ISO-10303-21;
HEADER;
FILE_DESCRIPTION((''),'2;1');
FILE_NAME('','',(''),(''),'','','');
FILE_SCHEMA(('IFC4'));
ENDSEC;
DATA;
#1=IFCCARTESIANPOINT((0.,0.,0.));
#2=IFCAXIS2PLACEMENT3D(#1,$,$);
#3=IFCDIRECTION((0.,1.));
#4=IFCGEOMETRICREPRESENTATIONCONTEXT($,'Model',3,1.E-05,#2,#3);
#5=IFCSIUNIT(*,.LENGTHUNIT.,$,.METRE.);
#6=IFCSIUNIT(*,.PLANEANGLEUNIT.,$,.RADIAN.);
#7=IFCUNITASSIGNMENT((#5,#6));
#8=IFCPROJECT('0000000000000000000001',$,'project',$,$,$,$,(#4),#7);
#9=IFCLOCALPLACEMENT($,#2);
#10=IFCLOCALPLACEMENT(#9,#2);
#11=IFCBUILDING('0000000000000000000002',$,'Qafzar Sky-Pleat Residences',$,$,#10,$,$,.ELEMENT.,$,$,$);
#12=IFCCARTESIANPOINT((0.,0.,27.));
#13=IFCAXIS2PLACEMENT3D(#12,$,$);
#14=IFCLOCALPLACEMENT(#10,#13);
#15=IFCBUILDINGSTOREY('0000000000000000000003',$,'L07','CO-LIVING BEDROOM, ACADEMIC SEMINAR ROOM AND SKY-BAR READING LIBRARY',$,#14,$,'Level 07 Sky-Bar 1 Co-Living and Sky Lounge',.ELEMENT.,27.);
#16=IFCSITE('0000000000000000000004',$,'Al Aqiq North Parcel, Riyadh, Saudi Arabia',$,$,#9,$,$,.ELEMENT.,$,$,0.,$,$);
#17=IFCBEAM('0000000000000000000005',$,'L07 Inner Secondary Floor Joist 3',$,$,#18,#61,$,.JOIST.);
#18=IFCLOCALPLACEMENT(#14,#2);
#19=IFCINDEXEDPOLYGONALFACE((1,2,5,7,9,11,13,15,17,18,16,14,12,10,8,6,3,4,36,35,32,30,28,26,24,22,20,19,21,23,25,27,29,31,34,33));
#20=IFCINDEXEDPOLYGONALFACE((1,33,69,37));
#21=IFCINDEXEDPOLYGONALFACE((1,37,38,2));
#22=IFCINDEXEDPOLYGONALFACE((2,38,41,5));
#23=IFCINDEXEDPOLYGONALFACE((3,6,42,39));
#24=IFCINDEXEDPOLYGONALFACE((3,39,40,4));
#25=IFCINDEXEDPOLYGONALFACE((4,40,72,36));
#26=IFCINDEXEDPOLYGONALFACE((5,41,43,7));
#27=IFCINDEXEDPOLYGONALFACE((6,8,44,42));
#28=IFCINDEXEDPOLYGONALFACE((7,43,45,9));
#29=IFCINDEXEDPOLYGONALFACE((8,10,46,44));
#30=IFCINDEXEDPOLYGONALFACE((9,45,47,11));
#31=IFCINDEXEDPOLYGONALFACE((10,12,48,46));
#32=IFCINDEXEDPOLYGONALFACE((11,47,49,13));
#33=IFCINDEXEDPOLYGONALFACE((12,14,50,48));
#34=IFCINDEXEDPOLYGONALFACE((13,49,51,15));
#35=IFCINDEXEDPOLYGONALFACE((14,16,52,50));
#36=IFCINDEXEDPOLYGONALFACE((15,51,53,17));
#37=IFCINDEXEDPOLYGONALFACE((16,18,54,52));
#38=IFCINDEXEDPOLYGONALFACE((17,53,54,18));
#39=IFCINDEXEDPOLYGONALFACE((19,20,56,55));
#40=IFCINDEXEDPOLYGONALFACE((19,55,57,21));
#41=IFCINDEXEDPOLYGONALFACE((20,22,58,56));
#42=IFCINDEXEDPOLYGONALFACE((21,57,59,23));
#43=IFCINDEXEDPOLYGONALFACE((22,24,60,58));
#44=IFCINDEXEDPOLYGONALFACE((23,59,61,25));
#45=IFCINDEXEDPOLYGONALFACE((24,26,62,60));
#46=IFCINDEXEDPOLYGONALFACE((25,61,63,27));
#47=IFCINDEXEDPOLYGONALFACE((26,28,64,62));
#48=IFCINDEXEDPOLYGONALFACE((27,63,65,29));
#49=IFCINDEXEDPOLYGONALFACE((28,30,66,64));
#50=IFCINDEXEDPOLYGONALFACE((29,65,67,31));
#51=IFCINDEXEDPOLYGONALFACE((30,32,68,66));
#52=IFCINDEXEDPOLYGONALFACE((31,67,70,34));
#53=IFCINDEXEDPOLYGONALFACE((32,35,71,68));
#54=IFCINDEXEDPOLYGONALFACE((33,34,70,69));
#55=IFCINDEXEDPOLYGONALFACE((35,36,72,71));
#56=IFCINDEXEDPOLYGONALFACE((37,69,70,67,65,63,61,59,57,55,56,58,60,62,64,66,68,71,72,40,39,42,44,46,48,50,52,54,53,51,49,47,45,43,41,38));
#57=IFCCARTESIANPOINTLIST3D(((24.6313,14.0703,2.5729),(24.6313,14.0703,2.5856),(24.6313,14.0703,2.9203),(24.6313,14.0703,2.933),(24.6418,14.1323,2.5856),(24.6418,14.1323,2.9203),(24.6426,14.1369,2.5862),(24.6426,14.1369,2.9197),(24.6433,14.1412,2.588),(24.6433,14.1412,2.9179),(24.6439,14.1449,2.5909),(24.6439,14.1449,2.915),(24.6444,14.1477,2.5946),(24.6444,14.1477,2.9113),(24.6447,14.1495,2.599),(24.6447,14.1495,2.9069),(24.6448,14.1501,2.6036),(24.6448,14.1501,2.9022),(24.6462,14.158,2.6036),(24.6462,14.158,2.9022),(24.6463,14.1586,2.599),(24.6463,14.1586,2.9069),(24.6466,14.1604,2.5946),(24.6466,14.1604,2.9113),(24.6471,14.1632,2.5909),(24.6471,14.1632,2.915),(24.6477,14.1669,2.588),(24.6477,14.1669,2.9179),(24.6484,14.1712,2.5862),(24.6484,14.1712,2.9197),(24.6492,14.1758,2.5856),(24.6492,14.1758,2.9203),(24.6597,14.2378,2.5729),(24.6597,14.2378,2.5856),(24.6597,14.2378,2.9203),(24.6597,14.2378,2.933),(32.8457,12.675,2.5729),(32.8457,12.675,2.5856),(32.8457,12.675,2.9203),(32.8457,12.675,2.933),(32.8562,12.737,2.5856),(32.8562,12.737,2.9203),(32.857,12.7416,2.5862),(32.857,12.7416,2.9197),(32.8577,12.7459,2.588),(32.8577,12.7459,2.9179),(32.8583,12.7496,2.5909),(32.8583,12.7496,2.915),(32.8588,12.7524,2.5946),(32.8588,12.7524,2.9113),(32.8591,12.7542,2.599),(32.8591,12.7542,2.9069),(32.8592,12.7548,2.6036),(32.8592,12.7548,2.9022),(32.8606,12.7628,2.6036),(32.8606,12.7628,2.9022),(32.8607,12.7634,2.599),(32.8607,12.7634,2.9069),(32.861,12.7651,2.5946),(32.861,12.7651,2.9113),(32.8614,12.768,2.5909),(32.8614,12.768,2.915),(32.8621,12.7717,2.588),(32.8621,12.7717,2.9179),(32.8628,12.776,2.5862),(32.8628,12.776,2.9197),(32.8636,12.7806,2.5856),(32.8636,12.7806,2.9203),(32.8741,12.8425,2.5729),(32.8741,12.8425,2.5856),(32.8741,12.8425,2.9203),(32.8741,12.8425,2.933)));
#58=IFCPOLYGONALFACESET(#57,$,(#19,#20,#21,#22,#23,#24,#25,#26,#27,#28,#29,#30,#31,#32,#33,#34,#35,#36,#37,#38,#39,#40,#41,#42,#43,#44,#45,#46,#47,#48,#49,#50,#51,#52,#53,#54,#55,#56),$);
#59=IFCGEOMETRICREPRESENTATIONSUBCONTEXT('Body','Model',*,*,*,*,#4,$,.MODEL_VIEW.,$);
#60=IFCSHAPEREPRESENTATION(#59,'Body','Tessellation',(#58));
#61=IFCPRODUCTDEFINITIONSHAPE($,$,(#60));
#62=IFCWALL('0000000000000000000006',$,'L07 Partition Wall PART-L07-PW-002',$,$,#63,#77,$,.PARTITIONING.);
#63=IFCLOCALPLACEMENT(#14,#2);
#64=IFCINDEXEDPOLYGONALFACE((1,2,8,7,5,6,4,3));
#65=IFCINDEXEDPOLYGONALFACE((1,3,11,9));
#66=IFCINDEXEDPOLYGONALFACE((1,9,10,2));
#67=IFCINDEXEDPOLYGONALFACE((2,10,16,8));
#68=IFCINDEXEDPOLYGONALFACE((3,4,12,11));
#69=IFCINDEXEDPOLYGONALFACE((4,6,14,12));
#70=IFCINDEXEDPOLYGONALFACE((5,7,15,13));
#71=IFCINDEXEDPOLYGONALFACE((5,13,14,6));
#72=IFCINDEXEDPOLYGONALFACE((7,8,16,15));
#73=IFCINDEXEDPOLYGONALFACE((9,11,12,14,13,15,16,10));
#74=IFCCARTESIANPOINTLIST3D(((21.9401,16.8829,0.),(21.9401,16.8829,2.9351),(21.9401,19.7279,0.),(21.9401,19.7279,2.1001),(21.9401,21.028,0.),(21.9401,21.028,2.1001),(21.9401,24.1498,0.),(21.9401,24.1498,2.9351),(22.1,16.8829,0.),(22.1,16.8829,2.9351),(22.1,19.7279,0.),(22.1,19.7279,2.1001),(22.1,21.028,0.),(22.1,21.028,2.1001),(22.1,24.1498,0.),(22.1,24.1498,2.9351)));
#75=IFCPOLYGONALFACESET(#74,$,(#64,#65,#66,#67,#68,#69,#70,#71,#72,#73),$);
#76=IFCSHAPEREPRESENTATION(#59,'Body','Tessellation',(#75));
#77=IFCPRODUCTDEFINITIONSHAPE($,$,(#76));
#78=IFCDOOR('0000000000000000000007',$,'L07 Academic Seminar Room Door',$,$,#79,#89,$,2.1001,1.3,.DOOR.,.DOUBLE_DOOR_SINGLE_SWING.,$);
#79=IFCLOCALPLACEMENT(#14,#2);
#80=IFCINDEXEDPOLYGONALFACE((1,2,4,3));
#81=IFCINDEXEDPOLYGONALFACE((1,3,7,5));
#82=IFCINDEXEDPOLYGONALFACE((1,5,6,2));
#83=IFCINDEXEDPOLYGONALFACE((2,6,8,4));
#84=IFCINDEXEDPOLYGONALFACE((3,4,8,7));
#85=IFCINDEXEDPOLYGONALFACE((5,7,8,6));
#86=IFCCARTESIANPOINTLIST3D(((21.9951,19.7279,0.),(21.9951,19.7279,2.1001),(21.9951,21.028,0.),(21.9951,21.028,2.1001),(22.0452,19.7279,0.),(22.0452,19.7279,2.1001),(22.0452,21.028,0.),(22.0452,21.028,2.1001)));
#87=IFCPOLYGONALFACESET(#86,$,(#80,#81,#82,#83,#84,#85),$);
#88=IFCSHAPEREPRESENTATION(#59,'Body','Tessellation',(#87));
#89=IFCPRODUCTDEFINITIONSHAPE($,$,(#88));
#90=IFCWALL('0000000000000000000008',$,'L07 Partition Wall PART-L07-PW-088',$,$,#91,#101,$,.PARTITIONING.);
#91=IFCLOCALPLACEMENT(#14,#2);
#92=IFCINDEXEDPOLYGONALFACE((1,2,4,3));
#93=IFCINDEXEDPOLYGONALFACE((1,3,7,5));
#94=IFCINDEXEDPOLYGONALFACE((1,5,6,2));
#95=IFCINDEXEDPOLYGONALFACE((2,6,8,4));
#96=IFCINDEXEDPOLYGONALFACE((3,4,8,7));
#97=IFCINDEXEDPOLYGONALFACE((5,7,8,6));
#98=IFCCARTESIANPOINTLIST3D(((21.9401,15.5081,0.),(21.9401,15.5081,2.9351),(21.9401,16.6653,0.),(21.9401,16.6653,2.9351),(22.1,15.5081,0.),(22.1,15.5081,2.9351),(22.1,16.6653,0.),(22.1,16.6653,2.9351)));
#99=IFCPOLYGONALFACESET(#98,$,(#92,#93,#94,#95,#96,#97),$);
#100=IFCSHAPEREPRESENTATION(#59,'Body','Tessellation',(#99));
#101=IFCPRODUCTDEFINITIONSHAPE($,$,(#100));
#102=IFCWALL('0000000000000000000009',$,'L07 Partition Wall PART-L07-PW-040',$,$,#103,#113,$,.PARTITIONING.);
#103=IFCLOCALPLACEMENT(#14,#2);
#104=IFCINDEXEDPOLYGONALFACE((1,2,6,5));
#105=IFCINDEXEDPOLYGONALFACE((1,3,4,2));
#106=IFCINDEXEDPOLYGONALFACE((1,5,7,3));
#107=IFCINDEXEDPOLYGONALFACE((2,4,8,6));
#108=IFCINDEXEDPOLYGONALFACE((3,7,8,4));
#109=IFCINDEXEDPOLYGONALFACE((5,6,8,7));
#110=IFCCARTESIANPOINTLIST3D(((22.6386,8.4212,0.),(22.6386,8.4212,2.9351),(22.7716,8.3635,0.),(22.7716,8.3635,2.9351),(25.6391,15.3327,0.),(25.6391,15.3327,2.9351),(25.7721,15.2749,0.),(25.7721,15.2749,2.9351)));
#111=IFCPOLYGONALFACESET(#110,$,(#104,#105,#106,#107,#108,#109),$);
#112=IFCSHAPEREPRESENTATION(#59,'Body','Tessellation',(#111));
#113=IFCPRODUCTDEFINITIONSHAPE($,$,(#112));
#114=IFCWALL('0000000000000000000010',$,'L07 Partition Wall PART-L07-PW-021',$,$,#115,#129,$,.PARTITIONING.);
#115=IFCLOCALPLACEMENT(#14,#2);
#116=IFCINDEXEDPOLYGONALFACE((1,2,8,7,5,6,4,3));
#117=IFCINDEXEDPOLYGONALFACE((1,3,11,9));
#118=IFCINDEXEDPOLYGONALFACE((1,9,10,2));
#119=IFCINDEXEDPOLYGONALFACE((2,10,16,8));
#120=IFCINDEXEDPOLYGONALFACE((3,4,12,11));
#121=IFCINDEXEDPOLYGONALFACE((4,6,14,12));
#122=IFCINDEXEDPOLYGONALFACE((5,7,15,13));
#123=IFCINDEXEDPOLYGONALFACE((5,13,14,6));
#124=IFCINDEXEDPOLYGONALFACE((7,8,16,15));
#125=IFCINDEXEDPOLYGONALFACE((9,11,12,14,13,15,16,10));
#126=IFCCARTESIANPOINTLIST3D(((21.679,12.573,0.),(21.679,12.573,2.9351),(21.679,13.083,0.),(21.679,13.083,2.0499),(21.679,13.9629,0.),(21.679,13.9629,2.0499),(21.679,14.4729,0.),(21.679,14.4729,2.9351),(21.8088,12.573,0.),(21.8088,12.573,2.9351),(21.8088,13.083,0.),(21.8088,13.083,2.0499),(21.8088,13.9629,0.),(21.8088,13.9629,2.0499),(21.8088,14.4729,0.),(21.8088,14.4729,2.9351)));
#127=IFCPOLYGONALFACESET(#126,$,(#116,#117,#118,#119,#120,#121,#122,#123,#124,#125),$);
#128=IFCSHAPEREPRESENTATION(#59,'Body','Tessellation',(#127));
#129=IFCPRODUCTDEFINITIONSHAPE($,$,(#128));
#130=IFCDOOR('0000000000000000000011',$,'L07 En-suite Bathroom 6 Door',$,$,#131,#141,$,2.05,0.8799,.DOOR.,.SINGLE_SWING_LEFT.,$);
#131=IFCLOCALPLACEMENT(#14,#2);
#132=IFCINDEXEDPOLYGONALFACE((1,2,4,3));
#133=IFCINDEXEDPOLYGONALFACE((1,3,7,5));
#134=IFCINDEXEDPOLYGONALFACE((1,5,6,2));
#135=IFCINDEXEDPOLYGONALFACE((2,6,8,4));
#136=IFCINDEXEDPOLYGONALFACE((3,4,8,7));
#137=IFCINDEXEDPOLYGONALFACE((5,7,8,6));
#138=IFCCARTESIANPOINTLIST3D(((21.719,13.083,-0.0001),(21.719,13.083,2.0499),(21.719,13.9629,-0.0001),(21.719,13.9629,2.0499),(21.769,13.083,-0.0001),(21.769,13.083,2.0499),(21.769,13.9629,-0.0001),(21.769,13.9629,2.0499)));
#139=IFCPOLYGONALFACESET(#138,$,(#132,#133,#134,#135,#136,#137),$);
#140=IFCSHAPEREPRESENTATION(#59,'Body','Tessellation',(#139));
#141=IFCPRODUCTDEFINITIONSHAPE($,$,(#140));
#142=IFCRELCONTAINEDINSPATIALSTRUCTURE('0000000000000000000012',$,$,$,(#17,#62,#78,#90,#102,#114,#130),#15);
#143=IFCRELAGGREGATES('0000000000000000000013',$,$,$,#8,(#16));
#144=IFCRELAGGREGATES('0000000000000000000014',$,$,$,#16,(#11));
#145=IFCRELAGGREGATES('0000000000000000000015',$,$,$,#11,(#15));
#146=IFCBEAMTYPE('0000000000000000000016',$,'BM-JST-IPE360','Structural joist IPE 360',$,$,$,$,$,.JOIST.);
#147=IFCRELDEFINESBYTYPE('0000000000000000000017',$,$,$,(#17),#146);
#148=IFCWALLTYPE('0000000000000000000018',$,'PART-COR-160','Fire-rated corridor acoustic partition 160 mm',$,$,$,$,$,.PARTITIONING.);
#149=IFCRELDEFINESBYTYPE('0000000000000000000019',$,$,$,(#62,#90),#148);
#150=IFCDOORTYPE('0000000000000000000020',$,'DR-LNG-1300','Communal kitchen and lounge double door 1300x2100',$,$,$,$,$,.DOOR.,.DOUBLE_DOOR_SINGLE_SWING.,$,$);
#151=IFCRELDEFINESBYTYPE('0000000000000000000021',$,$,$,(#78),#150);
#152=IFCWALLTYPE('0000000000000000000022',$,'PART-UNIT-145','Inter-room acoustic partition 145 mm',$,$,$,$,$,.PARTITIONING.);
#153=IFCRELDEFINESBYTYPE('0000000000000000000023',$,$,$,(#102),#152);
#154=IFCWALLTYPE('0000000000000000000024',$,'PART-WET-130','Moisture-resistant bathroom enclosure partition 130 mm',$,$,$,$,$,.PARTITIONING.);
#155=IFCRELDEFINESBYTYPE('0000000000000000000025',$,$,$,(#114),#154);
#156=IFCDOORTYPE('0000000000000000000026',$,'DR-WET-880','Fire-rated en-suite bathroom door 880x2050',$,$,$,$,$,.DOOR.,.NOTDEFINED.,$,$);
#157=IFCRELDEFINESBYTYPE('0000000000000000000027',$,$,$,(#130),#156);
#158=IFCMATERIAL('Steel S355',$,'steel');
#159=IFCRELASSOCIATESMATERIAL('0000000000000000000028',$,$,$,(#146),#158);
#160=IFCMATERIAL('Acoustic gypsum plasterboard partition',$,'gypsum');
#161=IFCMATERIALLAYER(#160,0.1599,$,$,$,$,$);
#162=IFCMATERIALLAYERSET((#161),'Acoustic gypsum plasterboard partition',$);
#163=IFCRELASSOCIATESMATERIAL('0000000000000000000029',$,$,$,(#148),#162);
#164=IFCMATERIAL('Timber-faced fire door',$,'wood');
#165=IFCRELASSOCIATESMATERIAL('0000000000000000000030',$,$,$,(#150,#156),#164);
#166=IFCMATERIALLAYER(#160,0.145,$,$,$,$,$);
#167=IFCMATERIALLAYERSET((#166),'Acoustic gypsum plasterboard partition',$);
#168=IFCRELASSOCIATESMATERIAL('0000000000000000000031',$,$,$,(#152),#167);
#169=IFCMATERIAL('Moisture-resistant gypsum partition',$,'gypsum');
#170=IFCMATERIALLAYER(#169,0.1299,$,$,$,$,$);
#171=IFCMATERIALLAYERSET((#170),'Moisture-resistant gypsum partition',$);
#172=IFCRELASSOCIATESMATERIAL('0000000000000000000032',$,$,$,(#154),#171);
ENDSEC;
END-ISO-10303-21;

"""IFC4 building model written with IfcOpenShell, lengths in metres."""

from ifc_helpers import new_model, si_unit, direction, frame, frame_2d, origin, origin_2d, place, context, subcontext, project, spatial, rectangle, i_section, extrude, source, transform, mapped, material, layer, layer_set, material_profile, profile_set, type_object, element, fill, save


model = new_model("IFC4")

# Units and contexts
model_context = context("Model", 3, precision=1e-05, world=origin(), true_north=direction((0.0, 1.0)))
body_context = subcontext(model_context, "Body", "Model", "MODEL_VIEW")
ifc_project = project(units=[si_unit("LENGTHUNIT", "METRE"), si_unit("PLANEANGLEUNIT", "RADIAN")], contexts=[model_context])

# Site, building, storey
site_placement = place(None, origin())
site = spatial("IfcSite", under=ifc_project, at=site_placement, Name="Al Aqiq North Parcel, Riyadh, Saudi Arabia", CompositionType="ELEMENT", RefElevation=0.0)
building_placement = place(site_placement, origin())
building = spatial("IfcBuilding", under=site, at=building_placement, Name="Qafzar Sky-Pleat Residences", CompositionType="ELEMENT")
storey_placement = place(building_placement, frame((0.0, 0.0, 27.0)))
storey = spatial("IfcBuildingStorey", under=building, at=storey_placement, Name="L07", Description="CO-LIVING BEDROOM, ACADEMIC SEMINAR ROOM AND SKY-BAR READING LIBRARY", LongName="Level 07 Sky-Bar 1 Co-Living and Sky Lounge", CompositionType="ELEMENT", Elevation=27.0)

# Beam
ifc_material_1 = material(Name="Steel S355", Category="steel")
ifc_material_profile_1 = material_profile(ifc_material_1, i_section(OverallWidth=0.1699, OverallDepth=0.3601, WebThickness=0.0081, FlangeThickness=0.0127, FilletRadius=0.0181, at=origin_2d()), Name="IPE 360")
ifc_profile_set_1 = profile_set([ifc_material_profile_1], Name="Steel S355")
beam_type_1 = type_object("IfcBeamType", Name="BM-JST-IPE360", Description="Structural joist IPE 360", PredefinedType="JOIST", material=ifc_profile_set_1)
shared_shape_1 = source(origin(), body_context, "Body", "SweptSolid", [
    extrude(i_section(OverallWidth=0.1699, OverallDepth=0.3601, WebThickness=0.0081, FlangeThickness=0.0127, FilletRadius=0.0181, at=origin_2d()), origin(), (0.0, 0.0, 1.0), 8.332),
])
beam_1_placement = place(storey_placement, frame((24.6455, 14.1541, 2.7529), z_axis=(0.985879, -0.167458, 0.0), x_axis=(0.167458, 0.985879, 0.0)))
element("IfcBeam", 1, at=beam_1_placement, inside=storey, type_object=beam_type_1, Name="L07 Inner Secondary Floor Joist 3", PredefinedType="JOIST", context=body_context, shape_type="MappedRepresentation", body=[
    mapped(shared_shape_1, transform((0.0, 0.0, 0.0), x_axis=(1.0, 0.0, 0.0), y_axis=(0.0, 1.0, 0.0), z_axis=(0.0, 0.0, 1.0), scale=1.0)),
])

# Wall, opening, door
ifc_material_2 = material(Name="Acoustic gypsum plasterboard partition", Category="gypsum")
ifc_layer_1 = layer(ifc_material_2, 0.1599)
ifc_layer_set_1 = layer_set([ifc_layer_1], Name="Acoustic gypsum plasterboard partition")
wall_type_1 = type_object("IfcWallType", Name="PART-COR-160", Description="Fire-rated corridor acoustic partition 160 mm", PredefinedType="PARTITIONING", material=ifc_layer_set_1)
wall_1_placement = place(storey_placement, frame((22.02, 16.8831, 0.0), z_axis=(0.0, 0.0, 1.0), x_axis=(0.0, 1.0, 0.0)))
wall_1 = element("IfcWall", 2, at=wall_1_placement, inside=storey, type_object=wall_type_1, Name="L07 Partition Wall PART-L07-PW-002", PredefinedType="PARTITIONING", context=body_context, shape_type="SweptSolid", body=[
    extrude(rectangle(XDim=7.2668, YDim=0.1599, at=frame_2d((3.6333, 0.0))), origin(), (0.0, 0.0, 1.0), 2.9351),
])
opening_1_placement = place(wall_1_placement, frame((2.845, 0.0, 0.0)))
opening_1 = element("IfcOpeningElement", 3, at=opening_1_placement, cuts=wall_1, PredefinedType="OPENING", context=body_context, shape_type="SweptSolid", body=[
    extrude(rectangle(XDim=1.3, YDim=2.1001, at=frame_2d((0.6499, 1.05))), frame((0.0, 0.0898, 0.0), z_axis=(0.0, -1.0, 0.0), x_axis=(1.0, 0.0, 0.0)), (0.0, 0.0, 1.0), 0.1799),
])
ifc_material_3 = material(Name="Timber-faced fire door", Category="wood")
door_type_1 = type_object("IfcDoorType", Name="DR-LNG-1300", Description="Communal kitchen and lounge double door 1300x2100", OperationType="DOUBLE_DOOR_SINGLE_SWING", PredefinedType="DOOR", material=ifc_material_3)
shared_shape_2 = source(origin(), body_context, "Body", "SweptSolid", [
    extrude(rectangle(XDim=1.3, YDim=2.1001, at=frame_2d((0.6499, 1.05))), frame((0.0, 0.0249, 0.0), z_axis=(0.0, -1.0, 0.0), x_axis=(1.0, 0.0, 0.0)), (0.0, 0.0, 1.0), 0.05),
])
door_1_placement = place(opening_1_placement, origin())
door_1 = element("IfcDoor", 4, at=door_1_placement, inside=storey, type_object=door_type_1, Name="L07 Academic Seminar Room Door", OperationType="DOUBLE_DOOR_SINGLE_SWING", OverallHeight=2.1001, OverallWidth=1.3, PredefinedType="DOOR", context=body_context, shape_type="MappedRepresentation", body=[
    mapped(shared_shape_2, transform((0.0, 0.0, 0.0), x_axis=(1.0, 0.0, 0.0), y_axis=(0.0, 1.0, 0.0), z_axis=(0.0, 0.0, 1.0), scale=1.0)),
])
fill(opening_1, door_1)

# Walls
wall_2_placement = place(storey_placement, frame((22.02, 15.5081, 0.0), z_axis=(0.0, 0.0, 1.0), x_axis=(0.0, 1.0, 0.0)))
element("IfcWall", 5, at=wall_2_placement, inside=storey, type_object=wall_type_1, Name="L07 Partition Wall PART-L07-PW-088", PredefinedType="PARTITIONING", context=body_context, shape_type="SweptSolid", body=[
    extrude(rectangle(XDim=1.1572, YDim=0.1599, at=frame_2d((0.5786, 0.0))), origin(), (0.0, 0.0, 1.0), 2.9351),
])
ifc_layer_2 = layer(ifc_material_2, 0.145)
ifc_layer_set_2 = layer_set([ifc_layer_2], Name="Acoustic gypsum plasterboard partition")
wall_type_2 = type_object("IfcWallType", Name="PART-UNIT-145", Description="Inter-room acoustic partition 145 mm", PredefinedType="PARTITIONING", material=ifc_layer_set_2)
wall_3_placement = place(storey_placement, frame((22.7051, 8.3923, 0.0), z_axis=(0.0, 0.0, 1.0), x_axis=(0.398228, 0.917286, 0.0)))
element("IfcWall", 6, at=wall_3_placement, inside=storey, type_object=wall_type_2, Name="L07 Partition Wall PART-L07-PW-040", PredefinedType="PARTITIONING", context=body_context, shape_type="SweptSolid", body=[
    extrude(rectangle(XDim=7.5347, YDim=0.145, at=frame_2d((3.7673, 0.0))), origin(), (0.0, 0.0, 1.0), 2.9351),
])

# Wall, opening, door
ifc_material_4 = material(Name="Moisture-resistant gypsum partition", Category="gypsum")
ifc_layer_3 = layer(ifc_material_4, 0.1299)
ifc_layer_set_3 = layer_set([ifc_layer_3], Name="Moisture-resistant gypsum partition")
wall_type_3 = type_object("IfcWallType", Name="PART-WET-130", Description="Moisture-resistant bathroom enclosure partition 130 mm", PredefinedType="PARTITIONING", material=ifc_layer_set_3)
wall_4_placement = place(storey_placement, frame((21.7439, 12.573, 0.0), z_axis=(0.0, 0.0, 1.0), x_axis=(0.0, 1.0, 0.0)))
wall_4 = element("IfcWall", 7, at=wall_4_placement, inside=storey, type_object=wall_type_3, Name="L07 Partition Wall PART-L07-PW-021", PredefinedType="PARTITIONING", context=body_context, shape_type="SweptSolid", body=[
    extrude(rectangle(XDim=1.8999, YDim=0.1299, at=frame_2d((0.95, 0.0))), origin(), (0.0, 0.0, 1.0), 2.9351),
])
opening_2_placement = place(wall_4_placement, frame((0.51, 0.0, 0.0)))
opening_2 = element("IfcOpeningElement", 8, at=opening_2_placement, cuts=wall_4, PredefinedType="OPENING", context=body_context, shape_type="SweptSolid", body=[
    extrude(rectangle(XDim=0.8799, YDim=2.05, at=frame_2d((0.4399, 1.0249))), frame((0.0, 0.075, 0.0), z_axis=(0.0, -1.0, 0.0), x_axis=(1.0, 0.0, 0.0)), (0.0, 0.0, 1.0), 0.1499),
])
door_type_2 = type_object("IfcDoorType", Name="DR-WET-880", Description="Fire-rated en-suite bathroom door 880x2050", OperationType="NOTDEFINED", PredefinedType="DOOR", material=ifc_material_3)
shared_shape_3 = source(origin(), body_context, "Body", "SweptSolid", [
    extrude(rectangle(XDim=0.8799, YDim=2.05, at=frame_2d((0.4399, 1.0249))), frame((0.0, 0.0249, 0.0), z_axis=(0.0, -1.0, 0.0), x_axis=(1.0, 0.0, 0.0)), (0.0, 0.0, 1.0), 0.05),
])
door_2_placement = place(opening_2_placement, origin())
door_2 = element("IfcDoor", 9, at=door_2_placement, inside=storey, type_object=door_type_2, Name="L07 En-suite Bathroom 6 Door", OperationType="SINGLE_SWING_LEFT", OverallHeight=2.05, OverallWidth=0.8799, PredefinedType="DOOR", context=body_context, shape_type="MappedRepresentation", body=[
    mapped(shared_shape_3, transform((0.0, 0.0, 0.0), x_axis=(1.0, 0.0, 0.0), y_axis=(0.0, 1.0, 0.0), z_axis=(0.0, 0.0, 1.0), scale=1.0)),
])
fill(opening_2, door_2)

save(model, "model.ifc")
